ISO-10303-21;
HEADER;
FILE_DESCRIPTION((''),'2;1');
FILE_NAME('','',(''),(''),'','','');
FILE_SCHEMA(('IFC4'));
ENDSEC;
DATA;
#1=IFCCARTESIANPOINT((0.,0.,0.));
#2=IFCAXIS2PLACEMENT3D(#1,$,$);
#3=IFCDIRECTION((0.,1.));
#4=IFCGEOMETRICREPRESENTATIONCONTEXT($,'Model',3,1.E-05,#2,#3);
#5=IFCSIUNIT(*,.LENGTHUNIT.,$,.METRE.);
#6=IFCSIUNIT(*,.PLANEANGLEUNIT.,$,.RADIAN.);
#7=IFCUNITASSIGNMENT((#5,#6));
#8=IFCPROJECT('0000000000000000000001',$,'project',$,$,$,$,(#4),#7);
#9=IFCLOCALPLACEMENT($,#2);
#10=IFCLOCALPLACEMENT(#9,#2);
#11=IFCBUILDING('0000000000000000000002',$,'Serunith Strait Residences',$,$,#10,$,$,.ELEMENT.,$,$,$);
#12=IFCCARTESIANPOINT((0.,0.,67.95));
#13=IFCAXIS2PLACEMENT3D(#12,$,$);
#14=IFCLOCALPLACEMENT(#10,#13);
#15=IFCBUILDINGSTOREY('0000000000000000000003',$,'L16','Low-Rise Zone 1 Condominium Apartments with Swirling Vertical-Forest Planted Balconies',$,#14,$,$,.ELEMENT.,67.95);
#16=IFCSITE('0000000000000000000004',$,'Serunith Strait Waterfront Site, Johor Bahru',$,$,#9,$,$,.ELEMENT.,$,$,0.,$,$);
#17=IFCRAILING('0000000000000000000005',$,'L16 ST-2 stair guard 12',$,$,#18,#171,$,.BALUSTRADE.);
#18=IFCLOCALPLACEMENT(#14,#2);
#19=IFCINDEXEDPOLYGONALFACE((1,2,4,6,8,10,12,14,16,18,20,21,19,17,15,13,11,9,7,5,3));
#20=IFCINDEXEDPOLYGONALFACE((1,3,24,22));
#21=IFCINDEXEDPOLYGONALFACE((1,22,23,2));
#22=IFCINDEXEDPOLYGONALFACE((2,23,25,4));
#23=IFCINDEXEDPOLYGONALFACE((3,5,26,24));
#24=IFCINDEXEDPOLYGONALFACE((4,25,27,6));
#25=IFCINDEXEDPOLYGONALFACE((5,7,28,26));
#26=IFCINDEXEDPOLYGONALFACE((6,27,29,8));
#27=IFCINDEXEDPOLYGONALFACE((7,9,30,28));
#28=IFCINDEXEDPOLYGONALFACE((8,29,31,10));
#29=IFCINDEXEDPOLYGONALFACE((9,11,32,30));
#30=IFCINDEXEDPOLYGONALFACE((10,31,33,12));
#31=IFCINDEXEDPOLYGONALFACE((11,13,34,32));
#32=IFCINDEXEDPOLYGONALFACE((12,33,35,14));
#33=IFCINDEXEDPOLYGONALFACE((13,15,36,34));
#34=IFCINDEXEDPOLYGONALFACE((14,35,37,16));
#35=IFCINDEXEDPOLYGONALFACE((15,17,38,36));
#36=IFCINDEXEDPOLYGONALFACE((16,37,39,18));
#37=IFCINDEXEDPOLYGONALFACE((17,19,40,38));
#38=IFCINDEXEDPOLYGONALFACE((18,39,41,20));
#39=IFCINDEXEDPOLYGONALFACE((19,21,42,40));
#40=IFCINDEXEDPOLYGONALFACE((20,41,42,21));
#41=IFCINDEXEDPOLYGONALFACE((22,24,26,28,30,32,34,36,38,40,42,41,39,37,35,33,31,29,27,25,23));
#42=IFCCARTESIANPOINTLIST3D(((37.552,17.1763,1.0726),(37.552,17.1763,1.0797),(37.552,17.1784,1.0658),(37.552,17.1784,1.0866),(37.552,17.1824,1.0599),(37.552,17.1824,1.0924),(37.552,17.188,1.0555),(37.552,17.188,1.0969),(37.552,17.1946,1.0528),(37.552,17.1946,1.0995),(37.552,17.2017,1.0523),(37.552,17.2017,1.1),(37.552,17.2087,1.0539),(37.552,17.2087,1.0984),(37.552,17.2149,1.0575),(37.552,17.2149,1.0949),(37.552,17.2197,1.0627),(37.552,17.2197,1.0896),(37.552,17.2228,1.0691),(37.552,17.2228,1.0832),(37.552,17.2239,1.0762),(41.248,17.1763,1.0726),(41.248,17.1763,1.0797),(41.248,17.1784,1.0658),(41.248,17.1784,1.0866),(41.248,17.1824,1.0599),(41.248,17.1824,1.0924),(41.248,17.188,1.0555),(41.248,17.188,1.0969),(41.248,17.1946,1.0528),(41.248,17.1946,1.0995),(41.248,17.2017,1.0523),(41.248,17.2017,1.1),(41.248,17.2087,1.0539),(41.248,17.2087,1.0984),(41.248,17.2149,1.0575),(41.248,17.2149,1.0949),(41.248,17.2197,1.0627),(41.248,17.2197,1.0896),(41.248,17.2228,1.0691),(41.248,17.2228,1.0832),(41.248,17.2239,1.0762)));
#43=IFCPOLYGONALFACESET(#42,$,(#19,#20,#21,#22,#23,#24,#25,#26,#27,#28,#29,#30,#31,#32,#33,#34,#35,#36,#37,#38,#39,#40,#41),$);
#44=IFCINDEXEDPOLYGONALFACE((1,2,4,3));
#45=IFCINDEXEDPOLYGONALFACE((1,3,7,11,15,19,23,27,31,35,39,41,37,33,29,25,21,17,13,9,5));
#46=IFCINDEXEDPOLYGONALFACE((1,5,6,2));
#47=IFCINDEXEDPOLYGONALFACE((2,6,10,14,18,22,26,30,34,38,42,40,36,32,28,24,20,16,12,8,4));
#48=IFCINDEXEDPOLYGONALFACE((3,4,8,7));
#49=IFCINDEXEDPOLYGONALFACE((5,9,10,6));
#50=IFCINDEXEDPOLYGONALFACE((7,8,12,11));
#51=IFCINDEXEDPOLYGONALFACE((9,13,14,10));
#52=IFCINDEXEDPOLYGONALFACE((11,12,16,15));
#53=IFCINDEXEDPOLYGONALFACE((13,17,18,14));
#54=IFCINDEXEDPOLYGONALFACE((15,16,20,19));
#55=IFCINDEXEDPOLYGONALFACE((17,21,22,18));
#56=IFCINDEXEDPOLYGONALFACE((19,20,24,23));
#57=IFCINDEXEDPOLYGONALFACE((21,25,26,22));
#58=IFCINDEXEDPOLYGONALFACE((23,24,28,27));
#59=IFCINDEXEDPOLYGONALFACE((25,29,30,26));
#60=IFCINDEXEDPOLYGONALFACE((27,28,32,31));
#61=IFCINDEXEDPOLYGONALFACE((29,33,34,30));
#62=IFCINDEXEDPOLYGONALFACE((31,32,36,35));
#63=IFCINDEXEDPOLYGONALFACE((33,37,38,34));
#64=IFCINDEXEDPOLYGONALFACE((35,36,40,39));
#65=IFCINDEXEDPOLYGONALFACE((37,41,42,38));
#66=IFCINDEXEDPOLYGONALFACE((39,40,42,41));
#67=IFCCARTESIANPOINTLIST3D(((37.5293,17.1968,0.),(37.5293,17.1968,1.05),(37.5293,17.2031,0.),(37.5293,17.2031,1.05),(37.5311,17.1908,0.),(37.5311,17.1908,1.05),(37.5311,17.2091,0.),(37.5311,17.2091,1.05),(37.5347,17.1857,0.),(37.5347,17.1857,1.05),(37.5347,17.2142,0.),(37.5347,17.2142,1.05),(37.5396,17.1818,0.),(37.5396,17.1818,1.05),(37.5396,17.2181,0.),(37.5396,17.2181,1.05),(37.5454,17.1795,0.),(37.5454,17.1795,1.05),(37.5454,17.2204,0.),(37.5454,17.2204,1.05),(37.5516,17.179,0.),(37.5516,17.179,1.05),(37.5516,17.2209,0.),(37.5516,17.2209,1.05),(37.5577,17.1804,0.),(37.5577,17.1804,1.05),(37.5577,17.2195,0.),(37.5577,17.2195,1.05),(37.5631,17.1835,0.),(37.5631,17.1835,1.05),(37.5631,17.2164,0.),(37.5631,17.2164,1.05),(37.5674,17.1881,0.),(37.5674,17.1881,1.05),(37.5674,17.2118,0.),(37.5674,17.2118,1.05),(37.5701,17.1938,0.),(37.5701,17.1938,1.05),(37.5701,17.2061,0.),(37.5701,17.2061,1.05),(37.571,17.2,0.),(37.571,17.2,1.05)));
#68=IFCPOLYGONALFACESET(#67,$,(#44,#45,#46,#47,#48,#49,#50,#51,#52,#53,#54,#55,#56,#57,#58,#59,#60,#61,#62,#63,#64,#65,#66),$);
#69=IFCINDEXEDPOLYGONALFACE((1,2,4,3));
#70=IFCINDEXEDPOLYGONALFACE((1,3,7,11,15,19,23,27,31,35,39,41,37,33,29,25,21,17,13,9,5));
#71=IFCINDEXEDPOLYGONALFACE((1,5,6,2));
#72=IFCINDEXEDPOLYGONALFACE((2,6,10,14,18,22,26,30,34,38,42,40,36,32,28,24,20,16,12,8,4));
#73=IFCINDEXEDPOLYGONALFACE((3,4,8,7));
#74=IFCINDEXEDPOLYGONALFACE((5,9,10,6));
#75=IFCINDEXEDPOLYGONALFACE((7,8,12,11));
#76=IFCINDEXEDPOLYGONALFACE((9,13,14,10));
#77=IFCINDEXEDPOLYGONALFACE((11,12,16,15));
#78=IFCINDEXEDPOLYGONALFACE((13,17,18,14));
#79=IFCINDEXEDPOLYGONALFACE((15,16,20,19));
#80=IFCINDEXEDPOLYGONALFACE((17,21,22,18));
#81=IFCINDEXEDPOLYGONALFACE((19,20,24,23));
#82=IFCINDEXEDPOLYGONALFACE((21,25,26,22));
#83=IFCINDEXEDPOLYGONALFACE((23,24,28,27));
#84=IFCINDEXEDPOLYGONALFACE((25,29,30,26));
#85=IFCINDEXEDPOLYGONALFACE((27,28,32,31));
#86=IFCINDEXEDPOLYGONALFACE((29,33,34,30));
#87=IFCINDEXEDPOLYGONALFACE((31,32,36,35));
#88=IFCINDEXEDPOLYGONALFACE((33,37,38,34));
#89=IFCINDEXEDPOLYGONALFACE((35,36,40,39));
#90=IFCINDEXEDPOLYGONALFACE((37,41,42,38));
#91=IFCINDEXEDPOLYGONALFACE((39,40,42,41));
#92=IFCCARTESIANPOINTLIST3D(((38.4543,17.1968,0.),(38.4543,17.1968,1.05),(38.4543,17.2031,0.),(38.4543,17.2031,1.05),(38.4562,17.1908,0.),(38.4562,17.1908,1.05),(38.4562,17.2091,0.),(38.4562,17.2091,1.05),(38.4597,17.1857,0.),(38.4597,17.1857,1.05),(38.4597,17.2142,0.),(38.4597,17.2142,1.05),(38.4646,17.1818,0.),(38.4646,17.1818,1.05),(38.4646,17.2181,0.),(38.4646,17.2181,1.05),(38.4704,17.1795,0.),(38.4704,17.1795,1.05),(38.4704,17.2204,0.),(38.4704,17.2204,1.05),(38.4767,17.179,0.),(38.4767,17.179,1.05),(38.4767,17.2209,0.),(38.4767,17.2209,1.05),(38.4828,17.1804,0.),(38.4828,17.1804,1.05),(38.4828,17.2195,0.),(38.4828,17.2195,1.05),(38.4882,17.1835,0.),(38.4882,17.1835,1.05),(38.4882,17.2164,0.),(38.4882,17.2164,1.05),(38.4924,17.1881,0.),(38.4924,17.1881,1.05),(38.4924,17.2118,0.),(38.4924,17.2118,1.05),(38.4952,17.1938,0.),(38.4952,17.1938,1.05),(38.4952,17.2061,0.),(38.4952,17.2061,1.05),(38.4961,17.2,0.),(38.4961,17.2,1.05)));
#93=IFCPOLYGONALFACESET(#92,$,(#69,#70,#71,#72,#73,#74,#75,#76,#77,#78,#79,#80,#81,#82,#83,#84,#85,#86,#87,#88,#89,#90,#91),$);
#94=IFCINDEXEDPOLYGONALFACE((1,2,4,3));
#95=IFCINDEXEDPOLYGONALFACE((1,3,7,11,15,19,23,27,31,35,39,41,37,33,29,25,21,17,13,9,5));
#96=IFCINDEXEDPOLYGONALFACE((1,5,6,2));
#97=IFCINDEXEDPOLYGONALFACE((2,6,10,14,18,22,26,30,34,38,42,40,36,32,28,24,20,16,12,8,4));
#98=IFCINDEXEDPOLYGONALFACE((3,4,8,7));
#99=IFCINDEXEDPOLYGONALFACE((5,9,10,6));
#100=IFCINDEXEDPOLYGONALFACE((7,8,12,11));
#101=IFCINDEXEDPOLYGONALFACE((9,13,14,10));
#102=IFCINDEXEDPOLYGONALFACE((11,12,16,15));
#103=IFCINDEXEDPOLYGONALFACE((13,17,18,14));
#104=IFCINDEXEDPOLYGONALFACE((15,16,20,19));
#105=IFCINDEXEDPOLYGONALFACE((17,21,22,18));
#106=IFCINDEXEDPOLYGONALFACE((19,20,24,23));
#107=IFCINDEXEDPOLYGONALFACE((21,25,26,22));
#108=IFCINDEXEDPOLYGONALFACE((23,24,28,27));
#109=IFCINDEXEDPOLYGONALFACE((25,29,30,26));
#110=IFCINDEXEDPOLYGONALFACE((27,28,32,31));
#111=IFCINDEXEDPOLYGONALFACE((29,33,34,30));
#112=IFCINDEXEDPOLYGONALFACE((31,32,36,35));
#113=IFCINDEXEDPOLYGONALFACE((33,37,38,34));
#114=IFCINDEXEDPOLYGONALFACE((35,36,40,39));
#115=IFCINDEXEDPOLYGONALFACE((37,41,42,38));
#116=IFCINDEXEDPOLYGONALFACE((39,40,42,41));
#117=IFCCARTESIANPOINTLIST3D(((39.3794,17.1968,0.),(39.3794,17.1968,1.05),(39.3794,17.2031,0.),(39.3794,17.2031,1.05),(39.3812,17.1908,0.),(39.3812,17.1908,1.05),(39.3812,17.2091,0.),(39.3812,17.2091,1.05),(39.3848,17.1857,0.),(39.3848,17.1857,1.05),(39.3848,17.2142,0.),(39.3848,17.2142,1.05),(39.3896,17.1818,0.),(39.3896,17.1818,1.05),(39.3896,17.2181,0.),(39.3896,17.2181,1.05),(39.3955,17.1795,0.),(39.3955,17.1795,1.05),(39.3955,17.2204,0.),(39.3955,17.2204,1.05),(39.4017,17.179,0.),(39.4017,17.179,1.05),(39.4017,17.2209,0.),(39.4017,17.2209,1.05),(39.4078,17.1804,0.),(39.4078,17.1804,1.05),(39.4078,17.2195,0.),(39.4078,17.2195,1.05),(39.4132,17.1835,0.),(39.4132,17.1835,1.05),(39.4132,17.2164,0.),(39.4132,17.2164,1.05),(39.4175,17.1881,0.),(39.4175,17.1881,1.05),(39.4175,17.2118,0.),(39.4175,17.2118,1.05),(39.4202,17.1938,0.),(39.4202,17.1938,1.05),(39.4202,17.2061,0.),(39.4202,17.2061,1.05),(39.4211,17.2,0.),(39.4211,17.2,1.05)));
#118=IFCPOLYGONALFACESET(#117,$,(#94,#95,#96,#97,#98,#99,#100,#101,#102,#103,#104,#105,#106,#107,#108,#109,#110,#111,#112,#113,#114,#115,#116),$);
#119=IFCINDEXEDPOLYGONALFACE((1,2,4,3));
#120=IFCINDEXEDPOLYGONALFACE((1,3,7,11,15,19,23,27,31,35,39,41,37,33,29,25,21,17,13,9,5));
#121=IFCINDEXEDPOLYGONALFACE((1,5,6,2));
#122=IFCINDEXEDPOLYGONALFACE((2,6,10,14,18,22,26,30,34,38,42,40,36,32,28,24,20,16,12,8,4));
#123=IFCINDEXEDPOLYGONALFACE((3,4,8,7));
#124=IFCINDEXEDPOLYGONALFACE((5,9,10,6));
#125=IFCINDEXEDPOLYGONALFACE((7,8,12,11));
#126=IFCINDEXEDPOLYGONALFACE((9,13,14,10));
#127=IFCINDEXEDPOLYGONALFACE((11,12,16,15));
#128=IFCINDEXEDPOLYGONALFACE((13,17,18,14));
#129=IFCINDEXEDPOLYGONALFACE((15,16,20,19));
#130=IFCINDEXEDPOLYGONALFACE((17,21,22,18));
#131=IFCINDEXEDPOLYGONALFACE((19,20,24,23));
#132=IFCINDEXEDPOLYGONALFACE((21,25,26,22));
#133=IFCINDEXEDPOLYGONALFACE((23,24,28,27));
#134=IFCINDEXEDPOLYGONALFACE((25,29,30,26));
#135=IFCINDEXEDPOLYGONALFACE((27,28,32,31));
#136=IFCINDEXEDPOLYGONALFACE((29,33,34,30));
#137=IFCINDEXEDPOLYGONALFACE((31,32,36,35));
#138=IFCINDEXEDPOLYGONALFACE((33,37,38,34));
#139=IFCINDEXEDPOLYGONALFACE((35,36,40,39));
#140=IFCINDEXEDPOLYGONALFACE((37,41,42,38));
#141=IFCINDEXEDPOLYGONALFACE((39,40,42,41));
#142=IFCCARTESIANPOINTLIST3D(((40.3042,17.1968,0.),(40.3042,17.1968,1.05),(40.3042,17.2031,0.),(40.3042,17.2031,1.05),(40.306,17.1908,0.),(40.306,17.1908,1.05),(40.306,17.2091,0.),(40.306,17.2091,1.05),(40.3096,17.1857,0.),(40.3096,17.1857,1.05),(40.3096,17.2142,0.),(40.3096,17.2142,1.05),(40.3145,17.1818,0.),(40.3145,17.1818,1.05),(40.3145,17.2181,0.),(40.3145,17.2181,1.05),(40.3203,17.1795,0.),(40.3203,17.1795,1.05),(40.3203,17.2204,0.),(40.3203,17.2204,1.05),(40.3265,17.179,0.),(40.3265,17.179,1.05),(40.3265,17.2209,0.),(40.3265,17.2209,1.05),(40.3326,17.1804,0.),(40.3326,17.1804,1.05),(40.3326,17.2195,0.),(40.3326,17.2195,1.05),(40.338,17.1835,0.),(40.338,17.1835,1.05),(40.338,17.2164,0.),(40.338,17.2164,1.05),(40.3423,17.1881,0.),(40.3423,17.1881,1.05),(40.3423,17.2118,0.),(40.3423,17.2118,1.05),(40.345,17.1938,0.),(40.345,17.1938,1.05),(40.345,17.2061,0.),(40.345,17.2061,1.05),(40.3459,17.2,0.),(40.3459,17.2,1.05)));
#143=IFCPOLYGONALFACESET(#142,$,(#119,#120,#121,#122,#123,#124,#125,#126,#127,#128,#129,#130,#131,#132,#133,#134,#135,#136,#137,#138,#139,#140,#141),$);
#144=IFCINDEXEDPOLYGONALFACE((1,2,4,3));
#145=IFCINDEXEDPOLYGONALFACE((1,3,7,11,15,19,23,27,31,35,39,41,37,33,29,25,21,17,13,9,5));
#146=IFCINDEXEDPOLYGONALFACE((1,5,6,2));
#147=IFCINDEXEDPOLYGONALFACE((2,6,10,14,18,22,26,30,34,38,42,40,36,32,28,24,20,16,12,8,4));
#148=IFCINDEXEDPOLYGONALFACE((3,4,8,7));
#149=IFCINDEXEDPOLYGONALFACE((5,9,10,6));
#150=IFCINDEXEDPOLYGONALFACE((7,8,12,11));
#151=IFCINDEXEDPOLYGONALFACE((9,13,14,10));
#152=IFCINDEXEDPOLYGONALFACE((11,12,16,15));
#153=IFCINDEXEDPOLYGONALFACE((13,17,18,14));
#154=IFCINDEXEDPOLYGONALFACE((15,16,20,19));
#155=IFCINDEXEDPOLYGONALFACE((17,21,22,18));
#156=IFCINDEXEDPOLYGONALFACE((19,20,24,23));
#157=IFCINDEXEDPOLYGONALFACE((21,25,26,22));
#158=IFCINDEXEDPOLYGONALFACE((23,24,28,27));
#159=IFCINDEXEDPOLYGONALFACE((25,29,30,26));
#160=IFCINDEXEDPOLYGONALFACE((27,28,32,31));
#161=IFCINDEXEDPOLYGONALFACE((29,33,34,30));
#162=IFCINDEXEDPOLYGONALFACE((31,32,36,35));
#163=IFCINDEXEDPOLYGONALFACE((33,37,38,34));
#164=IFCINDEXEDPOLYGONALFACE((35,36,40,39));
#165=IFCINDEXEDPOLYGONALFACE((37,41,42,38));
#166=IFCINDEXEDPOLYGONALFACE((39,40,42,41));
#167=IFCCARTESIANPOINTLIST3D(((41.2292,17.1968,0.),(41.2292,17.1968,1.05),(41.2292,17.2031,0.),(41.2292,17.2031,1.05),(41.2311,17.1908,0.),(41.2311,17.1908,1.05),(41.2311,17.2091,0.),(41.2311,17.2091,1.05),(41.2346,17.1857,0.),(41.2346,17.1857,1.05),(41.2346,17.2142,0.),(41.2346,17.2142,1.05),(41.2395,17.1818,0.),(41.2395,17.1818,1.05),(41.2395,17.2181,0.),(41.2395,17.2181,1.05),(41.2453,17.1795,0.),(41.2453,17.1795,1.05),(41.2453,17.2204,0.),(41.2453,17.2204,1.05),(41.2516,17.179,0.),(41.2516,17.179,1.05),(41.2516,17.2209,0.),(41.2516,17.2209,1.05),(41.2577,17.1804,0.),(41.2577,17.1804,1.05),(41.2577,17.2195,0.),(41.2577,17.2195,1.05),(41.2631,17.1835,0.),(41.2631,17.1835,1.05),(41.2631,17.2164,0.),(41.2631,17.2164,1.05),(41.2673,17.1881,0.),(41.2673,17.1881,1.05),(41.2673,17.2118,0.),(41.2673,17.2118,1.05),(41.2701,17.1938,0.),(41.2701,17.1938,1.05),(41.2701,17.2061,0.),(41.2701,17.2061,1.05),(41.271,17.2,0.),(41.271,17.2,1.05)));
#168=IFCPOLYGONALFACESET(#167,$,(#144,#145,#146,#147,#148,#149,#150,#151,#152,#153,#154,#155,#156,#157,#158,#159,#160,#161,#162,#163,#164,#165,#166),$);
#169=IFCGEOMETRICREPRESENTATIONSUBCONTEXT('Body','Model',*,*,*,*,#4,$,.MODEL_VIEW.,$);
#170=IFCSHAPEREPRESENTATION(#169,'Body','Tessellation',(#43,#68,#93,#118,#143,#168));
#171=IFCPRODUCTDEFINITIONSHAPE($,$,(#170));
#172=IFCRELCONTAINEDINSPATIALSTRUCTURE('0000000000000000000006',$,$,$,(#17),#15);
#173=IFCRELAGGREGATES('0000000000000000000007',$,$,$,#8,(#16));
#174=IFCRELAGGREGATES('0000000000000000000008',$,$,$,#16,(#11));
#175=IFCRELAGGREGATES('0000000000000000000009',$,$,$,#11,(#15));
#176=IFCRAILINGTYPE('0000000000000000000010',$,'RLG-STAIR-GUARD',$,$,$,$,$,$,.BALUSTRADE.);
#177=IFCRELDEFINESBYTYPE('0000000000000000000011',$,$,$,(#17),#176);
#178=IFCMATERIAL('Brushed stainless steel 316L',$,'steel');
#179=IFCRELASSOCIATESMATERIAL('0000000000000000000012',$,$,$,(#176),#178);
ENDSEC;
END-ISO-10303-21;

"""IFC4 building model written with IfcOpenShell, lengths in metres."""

from ifc_helpers import new_model, si_unit, direction, frame, origin, origin_2d, place, context, subcontext, project, spatial, circle, extrude, material, type_object, element, save


model = new_model("IFC4")

# Units and contexts
model_context = context("Model", 3, precision=1e-05, world=origin(), true_north=direction((0.0, 1.0)))
body_context = subcontext(model_context, "Body", "Model", "MODEL_VIEW")
ifc_project = project(units=[si_unit("LENGTHUNIT", "METRE"), si_unit("PLANEANGLEUNIT", "RADIAN")], contexts=[model_context])

# Site, building, storey
site_placement = place(None, origin())
site = spatial("IfcSite", under=ifc_project, at=site_placement, Name="Serunith Strait Waterfront Site, Johor Bahru", CompositionType="ELEMENT", RefElevation=0.0)
building_placement = place(site_placement, origin())
building = spatial("IfcBuilding", under=site, at=building_placement, Name="Serunith Strait Residences", CompositionType="ELEMENT")
storey_placement = place(building_placement, frame((0.0, 0.0, 67.95)))
storey = spatial("IfcBuildingStorey", under=building, at=storey_placement, Name="L16", Description="Low-Rise Zone 1 Condominium Apartments with Swirling Vertical-Forest Planted Balconies", CompositionType="ELEMENT", Elevation=67.95)

# Railing
ifc_material_1 = material(Name="Brushed stainless steel 316L", Category="steel")
railing_type_1 = type_object("IfcRailingType", Name="RLG-STAIR-GUARD", PredefinedType="BALUSTRADE", material=ifc_material_1)
railing_1_placement = place(storey_placement, frame((37.55, 17.2, 0.0)))
element("IfcRailing", 1, at=railing_1_placement, inside=storey, type_object=railing_type_1, Name="L16 ST-2 stair guard 12", PredefinedType="BALUSTRADE", context=body_context, shape_type="SweptSolid", body=[
    extrude(circle(Radius=0.0239, at=origin_2d()), frame((0.002, 0.0, 1.0762), z_axis=(1.0, 0.0, 0.0), x_axis=(0.0, 1.0, 0.0)), (0.0, 0.0, 1.0), 3.696),
    extrude(circle(Radius=0.021, at=origin_2d()), origin(), (0.0, 0.0, 1.0), 1.05),
    extrude(circle(Radius=0.021, at=origin_2d()), frame((0.925, 0.0, 0.0)), (0.0, 0.0, 1.0), 1.05),
    extrude(circle(Radius=0.021, at=origin_2d()), frame((1.8501, 0.0, 0.0)), (0.0, 0.0, 1.0), 1.05),
    extrude(circle(Radius=0.021, at=origin_2d()), frame((2.7749, 0.0, 0.0)), (0.0, 0.0, 1.0), 1.05),
    extrude(circle(Radius=0.021, at=origin_2d()), frame((3.7, 0.0, 0.0)), (0.0, 0.0, 1.0), 1.05),
])

save(model, "model.ifc")
